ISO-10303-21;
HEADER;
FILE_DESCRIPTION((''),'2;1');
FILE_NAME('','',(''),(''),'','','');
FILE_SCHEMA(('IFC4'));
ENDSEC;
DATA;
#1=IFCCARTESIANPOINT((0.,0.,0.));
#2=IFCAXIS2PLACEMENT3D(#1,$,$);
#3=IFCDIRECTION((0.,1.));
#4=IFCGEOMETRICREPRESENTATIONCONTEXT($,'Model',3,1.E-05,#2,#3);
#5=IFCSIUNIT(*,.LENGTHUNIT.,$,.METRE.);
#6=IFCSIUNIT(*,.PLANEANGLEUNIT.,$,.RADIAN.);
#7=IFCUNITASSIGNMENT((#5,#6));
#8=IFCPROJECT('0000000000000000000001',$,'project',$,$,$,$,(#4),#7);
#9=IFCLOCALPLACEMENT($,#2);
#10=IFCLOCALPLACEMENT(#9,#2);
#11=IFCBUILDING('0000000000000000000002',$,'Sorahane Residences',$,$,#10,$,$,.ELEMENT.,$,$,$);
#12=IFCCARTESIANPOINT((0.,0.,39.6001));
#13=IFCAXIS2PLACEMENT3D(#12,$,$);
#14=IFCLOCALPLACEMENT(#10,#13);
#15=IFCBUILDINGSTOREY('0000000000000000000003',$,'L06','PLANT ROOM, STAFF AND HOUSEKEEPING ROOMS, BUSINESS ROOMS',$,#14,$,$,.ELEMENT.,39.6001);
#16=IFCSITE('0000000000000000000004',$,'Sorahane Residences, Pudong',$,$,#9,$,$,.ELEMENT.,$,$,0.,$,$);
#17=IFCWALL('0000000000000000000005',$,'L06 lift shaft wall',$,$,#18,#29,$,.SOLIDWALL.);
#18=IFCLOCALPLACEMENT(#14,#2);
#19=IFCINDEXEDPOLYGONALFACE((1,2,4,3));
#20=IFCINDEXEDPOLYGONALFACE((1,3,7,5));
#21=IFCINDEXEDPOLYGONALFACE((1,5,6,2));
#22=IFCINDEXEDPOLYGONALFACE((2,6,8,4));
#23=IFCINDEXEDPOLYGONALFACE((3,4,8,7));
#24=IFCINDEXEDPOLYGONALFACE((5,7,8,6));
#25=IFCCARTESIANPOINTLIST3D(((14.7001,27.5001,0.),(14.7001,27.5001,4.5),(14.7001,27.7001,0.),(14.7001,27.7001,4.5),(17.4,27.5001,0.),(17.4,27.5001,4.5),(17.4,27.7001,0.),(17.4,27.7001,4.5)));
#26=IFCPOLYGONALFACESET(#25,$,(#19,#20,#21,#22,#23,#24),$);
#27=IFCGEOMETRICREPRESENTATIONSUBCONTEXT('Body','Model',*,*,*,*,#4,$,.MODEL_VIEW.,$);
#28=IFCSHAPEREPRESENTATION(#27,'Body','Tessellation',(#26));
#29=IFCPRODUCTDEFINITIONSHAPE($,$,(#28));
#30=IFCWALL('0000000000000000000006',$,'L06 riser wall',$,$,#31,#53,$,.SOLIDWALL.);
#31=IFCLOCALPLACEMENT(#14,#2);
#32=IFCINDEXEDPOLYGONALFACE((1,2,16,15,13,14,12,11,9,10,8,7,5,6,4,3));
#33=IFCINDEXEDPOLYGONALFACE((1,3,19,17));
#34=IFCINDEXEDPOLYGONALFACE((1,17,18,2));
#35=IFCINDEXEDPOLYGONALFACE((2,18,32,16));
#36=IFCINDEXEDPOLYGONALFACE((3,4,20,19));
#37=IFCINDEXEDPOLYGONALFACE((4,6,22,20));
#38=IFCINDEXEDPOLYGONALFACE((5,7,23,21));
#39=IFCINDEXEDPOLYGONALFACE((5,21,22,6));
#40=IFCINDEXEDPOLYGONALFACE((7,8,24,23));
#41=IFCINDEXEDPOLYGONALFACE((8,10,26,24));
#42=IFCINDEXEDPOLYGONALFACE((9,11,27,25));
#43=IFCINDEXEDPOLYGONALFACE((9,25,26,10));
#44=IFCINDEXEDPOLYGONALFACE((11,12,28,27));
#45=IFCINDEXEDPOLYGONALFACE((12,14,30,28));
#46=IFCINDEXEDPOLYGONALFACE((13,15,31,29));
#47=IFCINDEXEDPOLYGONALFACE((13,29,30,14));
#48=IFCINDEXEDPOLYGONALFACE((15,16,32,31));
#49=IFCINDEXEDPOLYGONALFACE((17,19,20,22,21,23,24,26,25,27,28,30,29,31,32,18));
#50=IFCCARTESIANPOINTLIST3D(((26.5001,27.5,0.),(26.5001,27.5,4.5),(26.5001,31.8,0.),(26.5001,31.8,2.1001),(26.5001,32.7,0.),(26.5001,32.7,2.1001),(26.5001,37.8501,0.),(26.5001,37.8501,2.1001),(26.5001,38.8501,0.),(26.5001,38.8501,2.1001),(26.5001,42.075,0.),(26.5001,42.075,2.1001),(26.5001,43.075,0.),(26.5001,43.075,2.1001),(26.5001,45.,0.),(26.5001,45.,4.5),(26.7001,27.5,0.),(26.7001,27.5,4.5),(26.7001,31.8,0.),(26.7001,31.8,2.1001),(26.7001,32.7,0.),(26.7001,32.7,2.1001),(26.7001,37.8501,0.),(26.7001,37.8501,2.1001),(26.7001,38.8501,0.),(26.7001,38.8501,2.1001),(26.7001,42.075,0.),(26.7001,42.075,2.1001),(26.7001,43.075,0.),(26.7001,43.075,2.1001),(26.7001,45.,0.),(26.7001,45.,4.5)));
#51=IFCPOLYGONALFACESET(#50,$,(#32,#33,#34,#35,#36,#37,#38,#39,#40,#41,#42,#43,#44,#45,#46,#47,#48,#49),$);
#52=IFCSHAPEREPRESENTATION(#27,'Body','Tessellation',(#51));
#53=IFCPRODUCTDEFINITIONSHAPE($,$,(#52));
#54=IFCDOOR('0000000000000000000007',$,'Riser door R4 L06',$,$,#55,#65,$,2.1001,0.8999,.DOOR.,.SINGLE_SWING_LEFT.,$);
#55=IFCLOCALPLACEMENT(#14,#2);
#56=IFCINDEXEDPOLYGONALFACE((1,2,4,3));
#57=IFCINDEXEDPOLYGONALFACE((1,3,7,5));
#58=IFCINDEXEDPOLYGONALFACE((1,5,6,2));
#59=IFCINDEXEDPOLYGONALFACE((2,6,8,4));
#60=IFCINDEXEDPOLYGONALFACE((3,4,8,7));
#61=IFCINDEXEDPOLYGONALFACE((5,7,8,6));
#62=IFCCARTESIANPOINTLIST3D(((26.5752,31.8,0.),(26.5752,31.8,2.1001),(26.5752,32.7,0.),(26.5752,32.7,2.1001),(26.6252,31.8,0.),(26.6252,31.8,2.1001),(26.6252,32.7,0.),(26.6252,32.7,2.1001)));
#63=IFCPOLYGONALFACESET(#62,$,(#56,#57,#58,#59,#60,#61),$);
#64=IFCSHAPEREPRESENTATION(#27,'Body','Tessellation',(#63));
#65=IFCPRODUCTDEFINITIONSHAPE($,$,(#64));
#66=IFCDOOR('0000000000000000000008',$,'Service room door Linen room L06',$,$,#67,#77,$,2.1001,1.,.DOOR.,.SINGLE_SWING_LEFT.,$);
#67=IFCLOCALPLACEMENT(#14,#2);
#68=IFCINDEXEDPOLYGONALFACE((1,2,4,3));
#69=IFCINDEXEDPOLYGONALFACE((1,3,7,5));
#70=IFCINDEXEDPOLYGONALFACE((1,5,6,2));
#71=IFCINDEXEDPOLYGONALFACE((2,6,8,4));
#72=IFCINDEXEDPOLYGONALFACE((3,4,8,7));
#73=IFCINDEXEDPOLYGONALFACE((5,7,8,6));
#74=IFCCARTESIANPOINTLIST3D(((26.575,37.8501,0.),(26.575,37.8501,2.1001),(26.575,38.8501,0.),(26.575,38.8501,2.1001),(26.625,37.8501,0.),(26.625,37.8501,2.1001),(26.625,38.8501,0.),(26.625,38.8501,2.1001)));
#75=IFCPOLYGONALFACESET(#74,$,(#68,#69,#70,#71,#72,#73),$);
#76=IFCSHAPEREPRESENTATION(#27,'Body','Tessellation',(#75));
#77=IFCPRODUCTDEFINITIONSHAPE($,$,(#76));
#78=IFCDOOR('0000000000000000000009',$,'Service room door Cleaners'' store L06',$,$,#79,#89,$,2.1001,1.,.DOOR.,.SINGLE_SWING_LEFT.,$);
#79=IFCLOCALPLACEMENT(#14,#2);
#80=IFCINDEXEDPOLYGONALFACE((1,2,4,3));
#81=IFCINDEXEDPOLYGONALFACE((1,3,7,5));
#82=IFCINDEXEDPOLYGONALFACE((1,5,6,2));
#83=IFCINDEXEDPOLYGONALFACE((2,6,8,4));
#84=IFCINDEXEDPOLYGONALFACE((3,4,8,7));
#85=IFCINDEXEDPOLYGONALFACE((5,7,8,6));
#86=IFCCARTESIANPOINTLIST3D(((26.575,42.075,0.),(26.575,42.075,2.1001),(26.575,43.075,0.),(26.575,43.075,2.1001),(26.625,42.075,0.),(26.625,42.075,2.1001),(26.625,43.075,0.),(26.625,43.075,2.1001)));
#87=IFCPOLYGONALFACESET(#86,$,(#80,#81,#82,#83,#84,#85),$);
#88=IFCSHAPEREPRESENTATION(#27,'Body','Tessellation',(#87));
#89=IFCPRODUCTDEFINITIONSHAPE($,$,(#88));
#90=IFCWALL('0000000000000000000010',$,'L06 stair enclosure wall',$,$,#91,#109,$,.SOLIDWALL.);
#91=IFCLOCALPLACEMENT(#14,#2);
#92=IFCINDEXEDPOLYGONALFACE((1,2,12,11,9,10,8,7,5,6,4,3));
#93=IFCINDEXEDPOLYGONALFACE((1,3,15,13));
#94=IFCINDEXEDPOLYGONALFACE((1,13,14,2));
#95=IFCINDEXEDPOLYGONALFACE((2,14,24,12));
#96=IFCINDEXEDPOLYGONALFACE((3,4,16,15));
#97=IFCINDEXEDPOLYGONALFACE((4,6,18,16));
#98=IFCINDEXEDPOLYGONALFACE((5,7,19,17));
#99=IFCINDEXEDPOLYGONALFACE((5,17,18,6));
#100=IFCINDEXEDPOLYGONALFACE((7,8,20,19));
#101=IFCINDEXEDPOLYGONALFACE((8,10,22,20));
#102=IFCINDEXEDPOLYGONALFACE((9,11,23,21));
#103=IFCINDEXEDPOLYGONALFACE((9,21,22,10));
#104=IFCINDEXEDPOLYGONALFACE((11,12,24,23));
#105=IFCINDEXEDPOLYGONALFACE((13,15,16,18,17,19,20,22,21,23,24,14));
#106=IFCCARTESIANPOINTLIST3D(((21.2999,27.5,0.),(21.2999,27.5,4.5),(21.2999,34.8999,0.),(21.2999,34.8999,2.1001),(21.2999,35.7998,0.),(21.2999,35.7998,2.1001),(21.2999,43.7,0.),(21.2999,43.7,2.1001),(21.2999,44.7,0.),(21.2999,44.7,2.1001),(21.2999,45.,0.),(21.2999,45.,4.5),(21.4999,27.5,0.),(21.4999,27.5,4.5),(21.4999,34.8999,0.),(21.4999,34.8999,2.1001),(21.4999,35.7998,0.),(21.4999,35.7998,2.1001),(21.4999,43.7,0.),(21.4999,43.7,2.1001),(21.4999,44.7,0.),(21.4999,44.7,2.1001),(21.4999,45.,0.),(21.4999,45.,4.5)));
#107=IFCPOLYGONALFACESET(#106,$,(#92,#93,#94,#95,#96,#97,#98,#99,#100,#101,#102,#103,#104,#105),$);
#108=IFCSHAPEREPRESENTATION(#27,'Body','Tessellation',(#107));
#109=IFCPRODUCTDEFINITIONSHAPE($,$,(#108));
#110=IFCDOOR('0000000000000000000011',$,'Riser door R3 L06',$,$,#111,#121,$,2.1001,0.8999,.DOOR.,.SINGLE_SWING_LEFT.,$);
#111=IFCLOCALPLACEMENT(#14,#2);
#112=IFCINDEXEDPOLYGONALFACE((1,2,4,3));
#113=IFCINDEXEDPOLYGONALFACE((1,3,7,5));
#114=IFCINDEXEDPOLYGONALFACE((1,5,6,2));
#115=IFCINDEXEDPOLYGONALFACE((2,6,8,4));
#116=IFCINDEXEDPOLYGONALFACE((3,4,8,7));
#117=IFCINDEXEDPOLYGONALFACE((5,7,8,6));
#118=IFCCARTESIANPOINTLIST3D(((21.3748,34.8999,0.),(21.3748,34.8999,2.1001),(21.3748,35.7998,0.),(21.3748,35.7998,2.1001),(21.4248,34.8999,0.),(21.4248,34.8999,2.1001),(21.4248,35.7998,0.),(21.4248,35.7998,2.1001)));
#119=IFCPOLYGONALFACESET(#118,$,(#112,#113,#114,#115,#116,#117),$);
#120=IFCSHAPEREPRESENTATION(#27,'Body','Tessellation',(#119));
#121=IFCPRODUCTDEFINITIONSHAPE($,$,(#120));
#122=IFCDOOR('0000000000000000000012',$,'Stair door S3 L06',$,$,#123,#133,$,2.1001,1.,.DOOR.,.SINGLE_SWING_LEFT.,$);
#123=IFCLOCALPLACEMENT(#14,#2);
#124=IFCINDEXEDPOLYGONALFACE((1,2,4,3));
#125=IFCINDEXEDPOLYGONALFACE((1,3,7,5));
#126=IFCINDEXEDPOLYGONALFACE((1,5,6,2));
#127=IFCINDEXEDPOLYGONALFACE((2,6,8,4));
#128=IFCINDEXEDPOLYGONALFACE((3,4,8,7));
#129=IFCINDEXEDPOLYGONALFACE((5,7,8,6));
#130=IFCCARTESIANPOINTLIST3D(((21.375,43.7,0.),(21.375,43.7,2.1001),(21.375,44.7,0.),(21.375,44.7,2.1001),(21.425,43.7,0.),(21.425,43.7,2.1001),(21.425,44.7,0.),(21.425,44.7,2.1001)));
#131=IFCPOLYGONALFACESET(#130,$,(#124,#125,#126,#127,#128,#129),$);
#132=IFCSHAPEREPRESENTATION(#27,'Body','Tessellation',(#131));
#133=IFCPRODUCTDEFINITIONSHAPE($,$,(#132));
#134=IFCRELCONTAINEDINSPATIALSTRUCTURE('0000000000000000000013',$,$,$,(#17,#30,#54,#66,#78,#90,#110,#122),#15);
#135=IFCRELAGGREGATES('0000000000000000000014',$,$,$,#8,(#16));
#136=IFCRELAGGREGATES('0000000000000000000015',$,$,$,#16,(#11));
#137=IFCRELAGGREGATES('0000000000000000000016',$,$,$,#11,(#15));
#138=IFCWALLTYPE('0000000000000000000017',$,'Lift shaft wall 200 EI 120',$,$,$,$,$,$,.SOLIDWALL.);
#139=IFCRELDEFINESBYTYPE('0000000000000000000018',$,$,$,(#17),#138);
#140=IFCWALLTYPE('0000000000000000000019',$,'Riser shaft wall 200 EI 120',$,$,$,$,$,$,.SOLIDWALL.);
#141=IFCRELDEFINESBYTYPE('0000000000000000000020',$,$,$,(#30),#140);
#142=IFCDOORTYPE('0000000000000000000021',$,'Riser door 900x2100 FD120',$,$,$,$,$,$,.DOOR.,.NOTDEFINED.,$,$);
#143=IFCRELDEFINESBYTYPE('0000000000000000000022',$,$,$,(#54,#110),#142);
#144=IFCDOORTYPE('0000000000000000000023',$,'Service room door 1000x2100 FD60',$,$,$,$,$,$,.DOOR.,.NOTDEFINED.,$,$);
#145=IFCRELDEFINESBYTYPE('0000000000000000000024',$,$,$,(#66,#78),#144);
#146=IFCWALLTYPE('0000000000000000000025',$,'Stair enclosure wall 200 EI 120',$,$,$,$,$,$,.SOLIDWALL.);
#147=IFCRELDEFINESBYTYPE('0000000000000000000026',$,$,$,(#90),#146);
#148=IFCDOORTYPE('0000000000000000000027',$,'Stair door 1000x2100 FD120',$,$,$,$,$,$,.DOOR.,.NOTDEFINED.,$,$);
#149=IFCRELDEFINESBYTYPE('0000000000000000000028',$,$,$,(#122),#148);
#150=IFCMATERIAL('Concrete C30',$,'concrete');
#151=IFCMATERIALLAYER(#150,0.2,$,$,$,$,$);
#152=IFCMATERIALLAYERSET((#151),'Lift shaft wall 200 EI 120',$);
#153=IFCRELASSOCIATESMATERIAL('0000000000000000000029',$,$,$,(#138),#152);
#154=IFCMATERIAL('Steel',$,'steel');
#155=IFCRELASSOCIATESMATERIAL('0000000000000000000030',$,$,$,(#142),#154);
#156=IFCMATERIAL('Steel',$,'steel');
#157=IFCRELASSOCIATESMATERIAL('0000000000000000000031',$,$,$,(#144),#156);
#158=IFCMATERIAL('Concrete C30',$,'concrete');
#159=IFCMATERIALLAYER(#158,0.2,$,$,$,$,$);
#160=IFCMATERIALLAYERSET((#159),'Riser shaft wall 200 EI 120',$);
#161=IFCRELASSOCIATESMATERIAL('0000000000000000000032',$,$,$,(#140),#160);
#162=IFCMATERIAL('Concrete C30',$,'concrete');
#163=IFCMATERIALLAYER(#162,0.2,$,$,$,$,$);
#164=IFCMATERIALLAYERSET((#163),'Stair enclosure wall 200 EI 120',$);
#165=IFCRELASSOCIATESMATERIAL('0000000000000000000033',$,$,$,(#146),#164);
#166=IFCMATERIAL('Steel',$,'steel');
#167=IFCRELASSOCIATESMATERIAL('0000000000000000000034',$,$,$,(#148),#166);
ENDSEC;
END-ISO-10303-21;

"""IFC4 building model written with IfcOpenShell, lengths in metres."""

from ifc_helpers import new_model, si_unit, direction, frame, frame_2d, origin, place, context, subcontext, project, spatial, rectangle, extrude, material, layer, layer_set, type_object, element, fill, save


model = new_model("IFC4")

# Units and contexts
model_context = context("Model", 3, precision=1e-05, world=origin(), true_north=direction((0.0, 1.0)))
body_context = subcontext(model_context, "Body", "Model", "MODEL_VIEW")
ifc_project = project(units=[si_unit("LENGTHUNIT", "METRE"), si_unit("PLANEANGLEUNIT", "RADIAN")], contexts=[model_context])

# Site, building, storey
site_placement = place(None, origin())
site = spatial("IfcSite", under=ifc_project, at=site_placement, Name="Sorahane Residences, Pudong", CompositionType="ELEMENT", RefElevation=0.0)
building_placement = place(site_placement, origin())
building = spatial("IfcBuilding", under=site, at=building_placement, Name="Sorahane Residences", CompositionType="ELEMENT")
storey_placement = place(building_placement, frame((0.0, 0.0, 39.6001)))
storey = spatial("IfcBuildingStorey", under=building, at=storey_placement, Name="L06", Description="PLANT ROOM, STAFF AND HOUSEKEEPING ROOMS, BUSINESS ROOMS", CompositionType="ELEMENT", Elevation=39.6001)

# Shared definitions
ifc_material_1 = material(Name="Concrete C30", Category="concrete")
ifc_layer_1 = layer(ifc_material_1, 0.2)
ifc_layer_set_1 = layer_set([ifc_layer_1], Name="Lift shaft wall 200 EI 120")
wall_type_1 = type_object("IfcWallType", Name="Lift shaft wall 200 EI 120", PredefinedType="SOLIDWALL", material=ifc_layer_set_1)
ifc_material_2 = material(Name="Steel", Category="steel")
door_type_1 = type_object("IfcDoorType", Name="Riser door 900x2100 FD120", OperationType="NOTDEFINED", PredefinedType="DOOR", material=ifc_material_2)
ifc_material_3 = material(Name="Steel", Category="steel")
door_type_2 = type_object("IfcDoorType", Name="Service room door 1000x2100 FD60", OperationType="NOTDEFINED", PredefinedType="DOOR", material=ifc_material_3)

# Wall
wall_1_placement = place(storey_placement, frame((14.7, 27.6001, 0.0), z_axis=(0.0, 0.0, 1.0), x_axis=(1.0, 0.0, 0.0)))
element("IfcWall", 1, at=wall_1_placement, inside=storey, type_object=wall_type_1, Name="L06 lift shaft wall", PredefinedType="SOLIDWALL", context=body_context, shape_type="SweptSolid", body=[
    extrude(rectangle(XDim=2.7, YDim=0.2, at=frame_2d((1.3501, 0.0))), origin(), (0.0, 0.0, 1.0), 4.5),
])

# Walls, openings, doors
ifc_material_4 = material(Name="Concrete C30", Category="concrete")
ifc_layer_2 = layer(ifc_material_4, 0.2)
ifc_layer_set_2 = layer_set([ifc_layer_2], Name="Riser shaft wall 200 EI 120")
wall_type_2 = type_object("IfcWallType", Name="Riser shaft wall 200 EI 120", PredefinedType="SOLIDWALL", material=ifc_layer_set_2)
wall_2_placement = place(storey_placement, frame((26.6001, 27.5, 0.0), z_axis=(0.0, 0.0, 1.0), x_axis=(0.0, 1.0, 0.0)))
wall_2 = element("IfcWall", 2, at=wall_2_placement, inside=storey, type_object=wall_type_2, Name="L06 riser wall", PredefinedType="SOLIDWALL", context=body_context, shape_type="SweptSolid", body=[
    extrude(rectangle(XDim=17.5, YDim=0.2, at=frame_2d((8.75, 0.0))), origin(), (0.0, 0.0, 1.0), 4.5),
])
opening_1_placement = place(wall_2_placement, frame((4.3, 0.0, 0.0)))
opening_1 = element("IfcOpeningElement", 3, at=opening_1_placement, cuts=wall_2, PredefinedType="OPENING", context=body_context, shape_type="SweptSolid", body=[
    extrude(rectangle(XDim=0.8999, YDim=2.1001, at=frame_2d((0.45, 1.05))), frame((0.0, 0.1099, 0.0), z_axis=(0.0, -1.0, 0.0), x_axis=(1.0, 0.0, 0.0)), (0.0, 0.0, 1.0), 0.22),
])
opening_2_placement = place(wall_2_placement, frame((10.3501, 0.0, 0.0)))
opening_2 = element("IfcOpeningElement", 4, at=opening_2_placement, cuts=wall_2, PredefinedType="OPENING", context=body_context, shape_type="SweptSolid", body=[
    extrude(rectangle(XDim=1.0, YDim=2.1001, at=frame_2d((0.5, 1.05))), frame((0.0, 0.1099, 0.0), z_axis=(0.0, -1.0, 0.0), x_axis=(1.0, 0.0, 0.0)), (0.0, 0.0, 1.0), 0.22),
])
opening_3_placement = place(wall_2_placement, frame((14.575, 0.0, 0.0)))
opening_3 = element("IfcOpeningElement", 5, at=opening_3_placement, cuts=wall_2, PredefinedType="OPENING", context=body_context, shape_type="SweptSolid", body=[
    extrude(rectangle(XDim=1.0, YDim=2.1001, at=frame_2d((0.5, 1.05))), frame((0.0, 0.1099, 0.0), z_axis=(0.0, -1.0, 0.0), x_axis=(1.0, 0.0, 0.0)), (0.0, 0.0, 1.0), 0.22),
])
door_1_placement = place(opening_1_placement, origin())
door_1 = element("IfcDoor", 6, at=door_1_placement, inside=storey, type_object=door_type_1, Name="Riser door R4 L06", OperationType="SINGLE_SWING_LEFT", OverallHeight=2.1001, OverallWidth=0.8999, PredefinedType="DOOR", context=body_context, shape_type="SweptSolid", body=[
    extrude(rectangle(XDim=0.8999, YDim=2.1001, at=frame_2d((0.45, 1.05))), frame((0.0, 0.0249, 0.0), z_axis=(0.0, -1.0, 0.0), x_axis=(1.0, 0.0, 0.0)), (0.0, 0.0, 1.0), 0.05),
])
fill(opening_1, door_1)
door_2_placement = place(opening_2_placement, frame((1.0, 0.0, 0.0), z_axis=(0.0, 0.0, 1.0), x_axis=(-1.0, 0.0, 0.0)))
door_2 = element("IfcDoor", 7, at=door_2_placement, inside=storey, type_object=door_type_2, Name="Service room door Linen room L06", OperationType="SINGLE_SWING_LEFT", OverallHeight=2.1001, OverallWidth=1.0, PredefinedType="DOOR", context=body_context, shape_type="SweptSolid", body=[
    extrude(rectangle(XDim=1.0, YDim=2.1001, at=frame_2d((0.5, 1.05))), frame((0.0, 0.0249, 0.0), z_axis=(0.0, -1.0, 0.0), x_axis=(1.0, 0.0, 0.0)), (0.0, 0.0, 1.0), 0.05),
])
fill(opening_2, door_2)
door_3_placement = place(opening_3_placement, frame((1.0, 0.0, 0.0), z_axis=(0.0, 0.0, 1.0), x_axis=(-1.0, 0.0, 0.0)))
door_3 = element("IfcDoor", 8, at=door_3_placement, inside=storey, type_object=door_type_2, Name="Service room door Cleaners' store L06", OperationType="SINGLE_SWING_LEFT", OverallHeight=2.1001, OverallWidth=1.0, PredefinedType="DOOR", context=body_context, shape_type="SweptSolid", body=[
    extrude(rectangle(XDim=1.0, YDim=2.1001, at=frame_2d((0.5, 1.05))), frame((0.0, 0.0249, 0.0), z_axis=(0.0, -1.0, 0.0), x_axis=(1.0, 0.0, 0.0)), (0.0, 0.0, 1.0), 0.05),
])
fill(opening_3, door_3)
ifc_material_5 = material(Name="Concrete C30", Category="concrete")
ifc_layer_3 = layer(ifc_material_5, 0.2)
ifc_layer_set_3 = layer_set([ifc_layer_3], Name="Stair enclosure wall 200 EI 120")
wall_type_3 = type_object("IfcWallType", Name="Stair enclosure wall 200 EI 120", PredefinedType="SOLIDWALL", material=ifc_layer_set_3)
wall_3_placement = place(storey_placement, frame((21.3999, 27.5, 0.0), z_axis=(0.0, 0.0, 1.0), x_axis=(0.0, 1.0, 0.0)))
wall_3 = element("IfcWall", 9, at=wall_3_placement, inside=storey, type_object=wall_type_3, Name="L06 stair enclosure wall", PredefinedType="SOLIDWALL", context=body_context, shape_type="SweptSolid", body=[
    extrude(rectangle(XDim=17.5, YDim=0.2, at=frame_2d((8.75, 0.0))), origin(), (0.0, 0.0, 1.0), 4.5),
])
opening_4_placement = place(wall_3_placement, frame((16.2, 0.0, 0.0)))
opening_4 = element("IfcOpeningElement", 10, at=opening_4_placement, cuts=wall_3, PredefinedType="OPENING", context=body_context, shape_type="SweptSolid", body=[
    extrude(rectangle(XDim=1.0, YDim=2.1001, at=frame_2d((0.5, 1.05))), frame((0.0, 0.1099, 0.0), z_axis=(0.0, -1.0, 0.0), x_axis=(1.0, 0.0, 0.0)), (0.0, 0.0, 1.0), 0.22),
])
opening_5_placement = place(wall_3_placement, frame((7.3999, 0.0, 0.0)))
opening_5 = element("IfcOpeningElement", 11, at=opening_5_placement, cuts=wall_3, PredefinedType="OPENING", context=body_context, shape_type="SweptSolid", body=[
    extrude(rectangle(XDim=0.8999, YDim=2.1001, at=frame_2d((0.45, 1.05))), frame((0.0, 0.1099, 0.0), z_axis=(0.0, -1.0, 0.0), x_axis=(1.0, 0.0, 0.0)), (0.0, 0.0, 1.0), 0.22),
])
door_4_placement = place(opening_5_placement, frame((0.8999, 0.0, 0.0), z_axis=(0.0, 0.0, 1.0), x_axis=(-1.0, 0.0, 0.0)))
door_4 = element("IfcDoor", 12, at=door_4_placement, inside=storey, type_object=door_type_1, Name="Riser door R3 L06", OperationType="SINGLE_SWING_LEFT", OverallHeight=2.1001, OverallWidth=0.8999, PredefinedType="DOOR", context=body_context, shape_type="SweptSolid", body=[
    extrude(rectangle(XDim=0.8999, YDim=2.1001, at=frame_2d((0.45, 1.05))), frame((0.0, 0.0249, 0.0), z_axis=(0.0, -1.0, 0.0), x_axis=(1.0, 0.0, 0.0)), (0.0, 0.0, 1.0), 0.05),
])
fill(opening_5, door_4)
ifc_material_6 = material(Name="Steel", Category="steel")
door_type_3 = type_object("IfcDoorType", Name="Stair door 1000x2100 FD120", OperationType="NOTDEFINED", PredefinedType="DOOR", material=ifc_material_6)
door_5_placement = place(opening_4_placement, origin())
door_5 = element("IfcDoor", 13, at=door_5_placement, inside=storey, type_object=door_type_3, Name="Stair door S3 L06", OperationType="SINGLE_SWING_LEFT", OverallHeight=2.1001, OverallWidth=1.0, PredefinedType="DOOR", context=body_context, shape_type="SweptSolid", body=[
    extrude(rectangle(XDim=1.0, YDim=2.1001, at=frame_2d((0.5, 1.05))), frame((0.0, 0.0249, 0.0), z_axis=(0.0, -1.0, 0.0), x_axis=(1.0, 0.0, 0.0)), (0.0, 0.0, 1.0), 0.05),
])
fill(opening_4, door_5)

save(model, "model.ifc")
